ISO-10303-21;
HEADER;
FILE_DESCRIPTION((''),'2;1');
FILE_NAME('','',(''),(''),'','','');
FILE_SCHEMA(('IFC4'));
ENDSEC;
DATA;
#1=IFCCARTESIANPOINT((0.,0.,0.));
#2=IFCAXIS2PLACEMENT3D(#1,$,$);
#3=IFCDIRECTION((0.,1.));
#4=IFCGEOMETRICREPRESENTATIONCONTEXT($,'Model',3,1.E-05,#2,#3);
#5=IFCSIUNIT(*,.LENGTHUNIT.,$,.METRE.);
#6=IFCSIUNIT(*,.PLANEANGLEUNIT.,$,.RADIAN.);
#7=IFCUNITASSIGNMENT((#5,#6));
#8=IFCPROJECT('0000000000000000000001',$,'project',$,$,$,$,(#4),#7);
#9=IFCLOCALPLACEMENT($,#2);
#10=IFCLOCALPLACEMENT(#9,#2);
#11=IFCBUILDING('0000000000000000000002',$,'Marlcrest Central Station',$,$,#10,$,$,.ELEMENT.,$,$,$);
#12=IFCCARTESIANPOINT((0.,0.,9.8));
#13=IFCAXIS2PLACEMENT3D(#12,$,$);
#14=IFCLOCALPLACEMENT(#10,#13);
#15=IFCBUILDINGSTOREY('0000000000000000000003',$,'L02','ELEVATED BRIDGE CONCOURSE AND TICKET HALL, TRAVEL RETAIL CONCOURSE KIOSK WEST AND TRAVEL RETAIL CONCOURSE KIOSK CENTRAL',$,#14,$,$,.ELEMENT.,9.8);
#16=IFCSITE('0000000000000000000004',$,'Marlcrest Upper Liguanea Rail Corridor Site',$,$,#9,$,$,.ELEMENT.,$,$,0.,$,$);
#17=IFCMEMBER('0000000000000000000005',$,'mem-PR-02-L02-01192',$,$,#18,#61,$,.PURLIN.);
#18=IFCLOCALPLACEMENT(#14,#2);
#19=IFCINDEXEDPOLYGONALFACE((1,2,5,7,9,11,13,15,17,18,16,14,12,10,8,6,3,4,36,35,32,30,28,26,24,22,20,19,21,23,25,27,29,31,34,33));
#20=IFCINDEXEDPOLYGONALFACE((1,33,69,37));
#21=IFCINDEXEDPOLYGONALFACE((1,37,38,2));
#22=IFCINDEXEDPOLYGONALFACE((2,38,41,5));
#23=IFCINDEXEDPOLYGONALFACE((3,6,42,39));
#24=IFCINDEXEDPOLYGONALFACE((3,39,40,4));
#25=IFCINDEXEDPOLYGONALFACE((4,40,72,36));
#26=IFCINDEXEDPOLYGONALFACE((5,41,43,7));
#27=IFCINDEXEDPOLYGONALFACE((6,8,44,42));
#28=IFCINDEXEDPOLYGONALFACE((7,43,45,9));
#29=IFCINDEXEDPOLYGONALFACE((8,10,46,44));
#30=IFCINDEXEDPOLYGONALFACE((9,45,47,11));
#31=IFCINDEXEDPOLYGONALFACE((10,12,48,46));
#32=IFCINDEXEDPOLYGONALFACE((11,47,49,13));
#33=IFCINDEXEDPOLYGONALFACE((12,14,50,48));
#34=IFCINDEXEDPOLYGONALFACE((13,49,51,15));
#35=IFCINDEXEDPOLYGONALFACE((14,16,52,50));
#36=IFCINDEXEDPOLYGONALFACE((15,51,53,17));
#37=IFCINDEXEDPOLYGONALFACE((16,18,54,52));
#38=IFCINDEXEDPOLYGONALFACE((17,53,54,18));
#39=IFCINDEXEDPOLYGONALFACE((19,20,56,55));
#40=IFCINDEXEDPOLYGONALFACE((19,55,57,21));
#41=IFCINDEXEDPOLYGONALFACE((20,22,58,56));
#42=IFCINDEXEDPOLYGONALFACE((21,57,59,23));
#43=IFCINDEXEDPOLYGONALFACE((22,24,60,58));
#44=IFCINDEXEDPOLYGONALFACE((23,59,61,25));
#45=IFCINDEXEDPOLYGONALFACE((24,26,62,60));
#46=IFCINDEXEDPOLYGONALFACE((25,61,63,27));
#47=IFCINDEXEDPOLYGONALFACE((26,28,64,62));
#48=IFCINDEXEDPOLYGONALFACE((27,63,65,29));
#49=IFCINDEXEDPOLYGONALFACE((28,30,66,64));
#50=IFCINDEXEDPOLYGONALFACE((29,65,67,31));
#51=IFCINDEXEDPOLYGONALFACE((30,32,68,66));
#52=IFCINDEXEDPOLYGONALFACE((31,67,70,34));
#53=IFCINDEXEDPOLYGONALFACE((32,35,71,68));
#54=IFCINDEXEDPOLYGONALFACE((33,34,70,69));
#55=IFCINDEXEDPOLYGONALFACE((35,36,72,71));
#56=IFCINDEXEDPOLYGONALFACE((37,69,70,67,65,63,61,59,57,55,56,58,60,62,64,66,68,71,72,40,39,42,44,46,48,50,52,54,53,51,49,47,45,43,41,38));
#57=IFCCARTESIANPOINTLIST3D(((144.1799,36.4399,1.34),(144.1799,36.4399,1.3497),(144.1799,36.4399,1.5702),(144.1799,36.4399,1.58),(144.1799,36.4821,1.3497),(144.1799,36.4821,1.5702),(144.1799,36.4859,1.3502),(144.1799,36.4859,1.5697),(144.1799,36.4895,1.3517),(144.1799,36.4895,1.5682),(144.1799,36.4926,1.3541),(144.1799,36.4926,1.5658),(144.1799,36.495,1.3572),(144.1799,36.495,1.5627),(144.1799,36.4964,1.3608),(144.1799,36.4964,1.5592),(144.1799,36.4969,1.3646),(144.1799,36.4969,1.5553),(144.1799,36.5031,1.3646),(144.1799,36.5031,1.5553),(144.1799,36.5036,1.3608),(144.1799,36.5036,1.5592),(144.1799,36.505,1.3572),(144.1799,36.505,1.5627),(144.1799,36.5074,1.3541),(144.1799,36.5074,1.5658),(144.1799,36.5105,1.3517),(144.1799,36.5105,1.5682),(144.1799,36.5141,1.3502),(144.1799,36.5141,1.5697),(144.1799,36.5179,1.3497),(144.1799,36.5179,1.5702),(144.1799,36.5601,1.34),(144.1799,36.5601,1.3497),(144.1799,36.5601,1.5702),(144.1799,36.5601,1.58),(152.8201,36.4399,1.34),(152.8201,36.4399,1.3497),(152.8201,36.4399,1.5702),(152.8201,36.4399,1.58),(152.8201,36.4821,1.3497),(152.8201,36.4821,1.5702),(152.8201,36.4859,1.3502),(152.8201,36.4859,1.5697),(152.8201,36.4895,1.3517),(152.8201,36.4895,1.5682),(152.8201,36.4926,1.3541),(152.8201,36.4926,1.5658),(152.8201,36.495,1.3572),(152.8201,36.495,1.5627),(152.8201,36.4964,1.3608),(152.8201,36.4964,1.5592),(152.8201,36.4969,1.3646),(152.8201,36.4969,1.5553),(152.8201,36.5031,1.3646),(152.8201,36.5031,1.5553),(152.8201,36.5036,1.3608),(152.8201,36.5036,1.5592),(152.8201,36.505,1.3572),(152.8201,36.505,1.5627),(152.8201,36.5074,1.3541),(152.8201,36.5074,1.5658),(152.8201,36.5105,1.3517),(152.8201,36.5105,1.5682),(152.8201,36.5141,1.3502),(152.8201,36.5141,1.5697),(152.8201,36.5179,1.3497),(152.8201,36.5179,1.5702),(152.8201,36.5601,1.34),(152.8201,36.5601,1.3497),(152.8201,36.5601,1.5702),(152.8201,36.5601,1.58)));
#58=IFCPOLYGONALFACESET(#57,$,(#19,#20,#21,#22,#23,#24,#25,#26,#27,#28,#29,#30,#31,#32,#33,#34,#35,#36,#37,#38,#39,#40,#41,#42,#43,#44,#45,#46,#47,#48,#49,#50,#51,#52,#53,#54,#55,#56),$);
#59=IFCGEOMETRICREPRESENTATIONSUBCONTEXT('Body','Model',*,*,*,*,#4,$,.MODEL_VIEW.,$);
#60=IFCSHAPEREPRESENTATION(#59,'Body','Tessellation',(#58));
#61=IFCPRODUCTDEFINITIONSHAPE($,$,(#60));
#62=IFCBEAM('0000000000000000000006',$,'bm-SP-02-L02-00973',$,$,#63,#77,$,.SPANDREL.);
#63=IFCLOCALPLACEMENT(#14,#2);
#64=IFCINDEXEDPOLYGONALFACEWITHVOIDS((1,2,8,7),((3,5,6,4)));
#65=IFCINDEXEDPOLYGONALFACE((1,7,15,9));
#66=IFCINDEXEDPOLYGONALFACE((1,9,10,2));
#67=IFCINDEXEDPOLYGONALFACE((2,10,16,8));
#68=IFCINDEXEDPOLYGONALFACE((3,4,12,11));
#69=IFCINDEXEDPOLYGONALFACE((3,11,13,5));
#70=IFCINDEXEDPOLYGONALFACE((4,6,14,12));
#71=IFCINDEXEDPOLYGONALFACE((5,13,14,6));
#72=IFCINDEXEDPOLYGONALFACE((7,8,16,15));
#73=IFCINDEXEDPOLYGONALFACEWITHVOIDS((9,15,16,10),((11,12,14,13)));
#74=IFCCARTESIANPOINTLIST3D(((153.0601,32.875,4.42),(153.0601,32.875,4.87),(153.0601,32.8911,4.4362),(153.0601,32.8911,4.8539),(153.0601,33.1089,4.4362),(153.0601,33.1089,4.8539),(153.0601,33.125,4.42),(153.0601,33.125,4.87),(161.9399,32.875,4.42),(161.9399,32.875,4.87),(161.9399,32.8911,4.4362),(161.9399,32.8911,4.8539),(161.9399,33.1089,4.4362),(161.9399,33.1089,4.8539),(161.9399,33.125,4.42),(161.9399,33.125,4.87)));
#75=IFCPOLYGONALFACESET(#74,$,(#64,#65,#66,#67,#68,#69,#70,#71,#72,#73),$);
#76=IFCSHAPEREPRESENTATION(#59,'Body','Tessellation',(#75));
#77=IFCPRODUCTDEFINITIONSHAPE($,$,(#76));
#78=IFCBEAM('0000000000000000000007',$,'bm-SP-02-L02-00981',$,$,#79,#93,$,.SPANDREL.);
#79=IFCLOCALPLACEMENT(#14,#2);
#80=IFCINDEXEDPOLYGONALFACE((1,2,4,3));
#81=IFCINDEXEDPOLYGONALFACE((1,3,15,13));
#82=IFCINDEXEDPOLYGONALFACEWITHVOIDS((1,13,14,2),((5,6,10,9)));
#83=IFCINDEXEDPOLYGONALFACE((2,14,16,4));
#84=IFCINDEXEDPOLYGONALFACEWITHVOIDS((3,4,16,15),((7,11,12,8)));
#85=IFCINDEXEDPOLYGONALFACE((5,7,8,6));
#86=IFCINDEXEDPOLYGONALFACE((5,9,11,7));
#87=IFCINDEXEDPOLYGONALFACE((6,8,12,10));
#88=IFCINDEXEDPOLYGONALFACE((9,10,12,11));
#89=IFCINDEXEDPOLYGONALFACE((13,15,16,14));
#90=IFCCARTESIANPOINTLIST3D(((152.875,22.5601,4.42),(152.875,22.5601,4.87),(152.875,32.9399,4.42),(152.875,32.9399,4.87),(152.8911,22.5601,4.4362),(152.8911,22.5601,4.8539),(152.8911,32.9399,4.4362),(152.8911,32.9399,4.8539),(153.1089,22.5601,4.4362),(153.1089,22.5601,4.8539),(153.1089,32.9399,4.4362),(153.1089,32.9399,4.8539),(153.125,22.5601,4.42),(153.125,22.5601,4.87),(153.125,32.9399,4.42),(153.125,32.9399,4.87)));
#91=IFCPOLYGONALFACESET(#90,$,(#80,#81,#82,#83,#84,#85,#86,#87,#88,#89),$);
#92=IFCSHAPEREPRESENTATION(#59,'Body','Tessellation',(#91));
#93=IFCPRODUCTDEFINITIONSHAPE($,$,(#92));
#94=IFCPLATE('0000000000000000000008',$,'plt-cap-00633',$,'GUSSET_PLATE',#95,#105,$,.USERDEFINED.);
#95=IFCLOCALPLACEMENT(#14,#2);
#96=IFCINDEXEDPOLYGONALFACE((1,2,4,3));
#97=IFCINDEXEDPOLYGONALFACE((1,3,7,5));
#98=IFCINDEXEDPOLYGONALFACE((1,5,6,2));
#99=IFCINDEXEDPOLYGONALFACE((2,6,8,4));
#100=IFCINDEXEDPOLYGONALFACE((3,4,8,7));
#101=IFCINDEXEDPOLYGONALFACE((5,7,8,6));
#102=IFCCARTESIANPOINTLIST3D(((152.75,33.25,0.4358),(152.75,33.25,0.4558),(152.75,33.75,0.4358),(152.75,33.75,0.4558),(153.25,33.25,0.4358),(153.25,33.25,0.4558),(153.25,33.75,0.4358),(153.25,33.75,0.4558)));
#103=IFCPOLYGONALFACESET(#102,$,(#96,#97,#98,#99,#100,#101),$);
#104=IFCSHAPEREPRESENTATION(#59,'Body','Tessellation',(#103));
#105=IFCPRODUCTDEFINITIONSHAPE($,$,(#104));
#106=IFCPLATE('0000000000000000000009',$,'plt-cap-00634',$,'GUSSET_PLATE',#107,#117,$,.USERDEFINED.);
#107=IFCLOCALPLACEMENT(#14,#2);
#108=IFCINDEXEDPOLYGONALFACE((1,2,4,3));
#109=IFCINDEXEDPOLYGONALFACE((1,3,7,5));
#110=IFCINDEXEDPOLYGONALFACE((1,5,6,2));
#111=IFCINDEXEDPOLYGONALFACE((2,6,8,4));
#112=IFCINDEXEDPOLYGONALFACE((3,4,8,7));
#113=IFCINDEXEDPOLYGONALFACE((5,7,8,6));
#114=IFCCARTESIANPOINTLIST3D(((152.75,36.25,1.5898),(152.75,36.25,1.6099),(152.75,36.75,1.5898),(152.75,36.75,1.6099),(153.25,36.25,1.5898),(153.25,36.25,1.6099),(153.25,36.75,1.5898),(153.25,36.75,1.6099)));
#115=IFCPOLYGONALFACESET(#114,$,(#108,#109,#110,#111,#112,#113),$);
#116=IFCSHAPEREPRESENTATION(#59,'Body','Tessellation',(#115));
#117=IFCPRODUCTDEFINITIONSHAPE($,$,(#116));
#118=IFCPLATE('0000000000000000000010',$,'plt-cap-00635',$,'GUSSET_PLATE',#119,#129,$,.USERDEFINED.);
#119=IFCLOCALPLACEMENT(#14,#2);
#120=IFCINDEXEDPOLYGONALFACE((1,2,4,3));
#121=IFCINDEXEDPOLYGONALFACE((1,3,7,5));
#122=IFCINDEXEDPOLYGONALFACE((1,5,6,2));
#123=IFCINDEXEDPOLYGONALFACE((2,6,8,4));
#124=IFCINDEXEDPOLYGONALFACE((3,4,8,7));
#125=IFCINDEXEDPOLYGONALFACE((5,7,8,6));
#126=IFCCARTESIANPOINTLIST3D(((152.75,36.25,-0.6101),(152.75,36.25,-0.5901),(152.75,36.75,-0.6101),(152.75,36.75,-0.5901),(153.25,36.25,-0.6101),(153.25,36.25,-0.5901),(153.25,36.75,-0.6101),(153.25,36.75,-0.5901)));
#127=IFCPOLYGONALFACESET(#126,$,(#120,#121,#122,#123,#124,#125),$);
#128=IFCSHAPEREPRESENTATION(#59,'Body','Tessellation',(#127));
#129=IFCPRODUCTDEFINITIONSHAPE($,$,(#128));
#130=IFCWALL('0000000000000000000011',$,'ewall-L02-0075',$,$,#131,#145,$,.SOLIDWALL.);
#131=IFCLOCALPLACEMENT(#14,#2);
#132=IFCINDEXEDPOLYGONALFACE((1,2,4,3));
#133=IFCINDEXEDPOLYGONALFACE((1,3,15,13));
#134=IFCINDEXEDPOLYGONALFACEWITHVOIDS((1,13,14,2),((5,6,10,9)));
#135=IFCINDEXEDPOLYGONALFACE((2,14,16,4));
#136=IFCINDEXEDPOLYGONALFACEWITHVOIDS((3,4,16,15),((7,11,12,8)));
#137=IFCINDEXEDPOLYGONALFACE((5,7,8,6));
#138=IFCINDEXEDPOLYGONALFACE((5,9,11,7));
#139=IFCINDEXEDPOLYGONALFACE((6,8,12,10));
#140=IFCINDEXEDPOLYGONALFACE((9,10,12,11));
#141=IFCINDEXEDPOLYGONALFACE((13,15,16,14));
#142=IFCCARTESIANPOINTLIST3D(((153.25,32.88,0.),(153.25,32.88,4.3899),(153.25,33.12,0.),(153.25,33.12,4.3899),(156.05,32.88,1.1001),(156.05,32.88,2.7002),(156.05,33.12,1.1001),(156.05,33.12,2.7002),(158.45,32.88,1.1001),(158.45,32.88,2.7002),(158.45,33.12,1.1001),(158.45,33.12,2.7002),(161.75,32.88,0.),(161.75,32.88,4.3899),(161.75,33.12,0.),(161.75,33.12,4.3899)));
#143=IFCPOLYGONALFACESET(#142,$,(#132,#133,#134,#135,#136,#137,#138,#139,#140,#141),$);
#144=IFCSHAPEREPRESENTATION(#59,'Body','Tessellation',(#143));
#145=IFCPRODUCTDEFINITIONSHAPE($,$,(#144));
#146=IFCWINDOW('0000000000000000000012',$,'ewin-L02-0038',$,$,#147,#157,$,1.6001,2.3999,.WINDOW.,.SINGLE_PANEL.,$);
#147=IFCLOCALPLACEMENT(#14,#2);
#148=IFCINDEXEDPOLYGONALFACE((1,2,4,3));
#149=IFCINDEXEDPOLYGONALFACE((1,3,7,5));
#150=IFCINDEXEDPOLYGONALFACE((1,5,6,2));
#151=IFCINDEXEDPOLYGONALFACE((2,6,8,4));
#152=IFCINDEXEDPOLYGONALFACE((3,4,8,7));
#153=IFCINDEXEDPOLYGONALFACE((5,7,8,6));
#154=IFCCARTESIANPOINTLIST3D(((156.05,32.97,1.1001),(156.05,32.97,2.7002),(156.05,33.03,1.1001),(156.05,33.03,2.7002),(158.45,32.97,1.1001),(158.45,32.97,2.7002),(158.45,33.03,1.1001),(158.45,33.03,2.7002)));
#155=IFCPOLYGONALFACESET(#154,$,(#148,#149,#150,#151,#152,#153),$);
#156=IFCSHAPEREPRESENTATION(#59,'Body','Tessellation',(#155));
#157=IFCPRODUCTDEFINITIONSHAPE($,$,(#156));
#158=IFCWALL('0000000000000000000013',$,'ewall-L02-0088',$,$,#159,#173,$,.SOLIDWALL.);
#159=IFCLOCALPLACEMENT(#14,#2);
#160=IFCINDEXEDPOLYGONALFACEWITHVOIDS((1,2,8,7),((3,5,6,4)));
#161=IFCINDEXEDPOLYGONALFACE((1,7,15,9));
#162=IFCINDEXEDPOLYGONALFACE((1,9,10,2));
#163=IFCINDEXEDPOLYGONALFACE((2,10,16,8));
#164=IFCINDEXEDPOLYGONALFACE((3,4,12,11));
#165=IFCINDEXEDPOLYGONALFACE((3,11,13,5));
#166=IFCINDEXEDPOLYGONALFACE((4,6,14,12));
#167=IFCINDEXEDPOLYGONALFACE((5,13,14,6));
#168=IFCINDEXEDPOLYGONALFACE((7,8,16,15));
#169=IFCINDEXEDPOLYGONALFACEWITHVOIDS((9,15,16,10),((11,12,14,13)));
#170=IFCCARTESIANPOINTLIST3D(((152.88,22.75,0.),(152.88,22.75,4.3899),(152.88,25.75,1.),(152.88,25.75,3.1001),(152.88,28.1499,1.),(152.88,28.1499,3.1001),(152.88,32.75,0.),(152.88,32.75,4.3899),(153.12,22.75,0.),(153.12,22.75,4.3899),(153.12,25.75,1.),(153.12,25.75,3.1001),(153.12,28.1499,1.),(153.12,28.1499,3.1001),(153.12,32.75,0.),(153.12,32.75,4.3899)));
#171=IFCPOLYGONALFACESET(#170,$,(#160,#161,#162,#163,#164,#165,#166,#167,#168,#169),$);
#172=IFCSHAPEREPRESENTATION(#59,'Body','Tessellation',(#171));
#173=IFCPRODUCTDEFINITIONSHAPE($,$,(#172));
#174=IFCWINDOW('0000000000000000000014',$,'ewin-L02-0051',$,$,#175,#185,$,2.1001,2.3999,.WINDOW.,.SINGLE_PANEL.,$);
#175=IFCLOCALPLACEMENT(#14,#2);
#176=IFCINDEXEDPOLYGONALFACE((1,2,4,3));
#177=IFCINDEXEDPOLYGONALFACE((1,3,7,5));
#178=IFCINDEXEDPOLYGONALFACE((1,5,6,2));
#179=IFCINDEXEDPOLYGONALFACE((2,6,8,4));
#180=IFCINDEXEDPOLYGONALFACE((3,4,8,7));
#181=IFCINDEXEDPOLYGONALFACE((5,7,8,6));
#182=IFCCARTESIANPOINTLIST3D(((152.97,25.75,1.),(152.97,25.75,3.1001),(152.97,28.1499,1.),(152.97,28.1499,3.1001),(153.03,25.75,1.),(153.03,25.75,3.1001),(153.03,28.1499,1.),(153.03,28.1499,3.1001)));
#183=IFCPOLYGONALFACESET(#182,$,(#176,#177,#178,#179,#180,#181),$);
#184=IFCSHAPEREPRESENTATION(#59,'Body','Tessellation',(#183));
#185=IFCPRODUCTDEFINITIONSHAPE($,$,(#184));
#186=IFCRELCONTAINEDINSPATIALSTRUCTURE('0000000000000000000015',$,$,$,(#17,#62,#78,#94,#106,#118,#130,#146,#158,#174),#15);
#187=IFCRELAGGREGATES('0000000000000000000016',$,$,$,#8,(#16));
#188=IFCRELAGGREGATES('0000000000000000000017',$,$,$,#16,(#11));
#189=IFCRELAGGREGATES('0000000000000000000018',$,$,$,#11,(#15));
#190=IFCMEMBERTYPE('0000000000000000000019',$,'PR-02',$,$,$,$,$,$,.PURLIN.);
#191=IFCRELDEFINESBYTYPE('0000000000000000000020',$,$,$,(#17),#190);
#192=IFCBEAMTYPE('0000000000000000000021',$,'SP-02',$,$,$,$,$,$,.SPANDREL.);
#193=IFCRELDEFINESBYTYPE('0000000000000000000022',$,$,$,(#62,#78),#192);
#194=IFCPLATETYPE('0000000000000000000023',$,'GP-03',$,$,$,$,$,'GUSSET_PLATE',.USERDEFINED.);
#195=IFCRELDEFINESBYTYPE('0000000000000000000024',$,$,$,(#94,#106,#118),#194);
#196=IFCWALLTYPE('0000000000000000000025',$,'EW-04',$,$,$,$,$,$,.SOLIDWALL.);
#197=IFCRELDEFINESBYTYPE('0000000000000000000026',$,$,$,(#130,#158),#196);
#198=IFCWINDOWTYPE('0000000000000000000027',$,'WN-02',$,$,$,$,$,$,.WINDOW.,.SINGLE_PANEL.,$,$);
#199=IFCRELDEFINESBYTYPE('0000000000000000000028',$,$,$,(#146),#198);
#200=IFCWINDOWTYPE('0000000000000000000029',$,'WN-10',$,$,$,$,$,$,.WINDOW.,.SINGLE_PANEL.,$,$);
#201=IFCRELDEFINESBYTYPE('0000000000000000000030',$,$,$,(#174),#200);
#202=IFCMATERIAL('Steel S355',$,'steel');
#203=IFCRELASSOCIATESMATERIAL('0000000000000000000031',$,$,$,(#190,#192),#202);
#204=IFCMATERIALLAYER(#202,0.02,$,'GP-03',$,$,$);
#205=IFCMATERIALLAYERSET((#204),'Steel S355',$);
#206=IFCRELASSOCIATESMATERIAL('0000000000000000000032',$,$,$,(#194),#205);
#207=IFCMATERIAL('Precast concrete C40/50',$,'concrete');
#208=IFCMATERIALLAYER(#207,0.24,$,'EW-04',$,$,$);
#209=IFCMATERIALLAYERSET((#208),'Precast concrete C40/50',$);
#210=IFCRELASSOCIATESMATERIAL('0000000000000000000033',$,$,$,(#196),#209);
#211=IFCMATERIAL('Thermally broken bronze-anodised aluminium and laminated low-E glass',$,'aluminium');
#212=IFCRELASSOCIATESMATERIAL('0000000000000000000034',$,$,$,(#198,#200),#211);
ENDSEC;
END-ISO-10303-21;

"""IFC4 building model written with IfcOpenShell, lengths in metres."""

from ifc_helpers import new_model, si_unit, direction, frame, frame_2d, origin, origin_2d, place, context, subcontext, project, spatial, rectangle, hollow_rectangle, i_section, extrude, material, layer, layer_set, material_profile, profile_set, type_object, element, fill, save


model = new_model("IFC4")

# Units and contexts
model_context = context("Model", 3, precision=1e-05, world=origin(), true_north=direction((0.0, 1.0)))
body_context = subcontext(model_context, "Body", "Model", "MODEL_VIEW")
ifc_project = project(units=[si_unit("LENGTHUNIT", "METRE"), si_unit("PLANEANGLEUNIT", "RADIAN")], contexts=[model_context])

# Site, building, storey
site_placement = place(None, origin())
site = spatial("IfcSite", under=ifc_project, at=site_placement, Name="Marlcrest Upper Liguanea Rail Corridor Site", CompositionType="ELEMENT", RefElevation=0.0)
building_placement = place(site_placement, origin())
building = spatial("IfcBuilding", under=site, at=building_placement, Name="Marlcrest Central Station", CompositionType="ELEMENT")
storey_placement = place(building_placement, frame((0.0, 0.0, 9.8)))
storey = spatial("IfcBuildingStorey", under=building, at=storey_placement, Name="L02", Description="ELEVATED BRIDGE CONCOURSE AND TICKET HALL, TRAVEL RETAIL CONCOURSE KIOSK WEST AND TRAVEL RETAIL CONCOURSE KIOSK CENTRAL", CompositionType="ELEMENT", Elevation=9.8)

# Shared definitions
ifc_material_1 = material(Name="Steel S355", Category="steel")

# Member
ifc_material_profile_1 = material_profile(ifc_material_1, i_section(OverallWidth=0.1201, OverallDepth=0.24, WebThickness=0.0061, FlangeThickness=0.0098, FilletRadius=0.0149, at=origin_2d()), Name="IPE 240")
ifc_profile_set_1 = profile_set([ifc_material_profile_1], Name="Steel S355")
member_type_1 = type_object("IfcMemberType", Name="PR-02", PredefinedType="PURLIN", material=ifc_profile_set_1)
member_1_placement = place(storey_placement, frame((144.1799, 36.5, 1.46), z_axis=(1.0, 0.0, 0.0), x_axis=(0.0, 1.0, 0.0)))
element("IfcMember", 1, at=member_1_placement, inside=storey, type_object=member_type_1, Name="mem-PR-02-L02-01192", PredefinedType="PURLIN", context=body_context, shape_type="SweptSolid", body=[
    extrude(i_section(OverallWidth=0.1201, OverallDepth=0.24, WebThickness=0.0061, FlangeThickness=0.0098, FilletRadius=0.0149, at=origin_2d()), origin(), (0.0, 0.0, 1.0), 8.6401),
])

# Beams
ifc_material_profile_2 = material_profile(ifc_material_1, hollow_rectangle(XDim=0.25, YDim=0.45, WallThickness=0.0161, at=origin_2d()), Name="RHS 450x250x16")
ifc_profile_set_2 = profile_set([ifc_material_profile_2], Name="Steel S355")
beam_type_1 = type_object("IfcBeamType", Name="SP-02", PredefinedType="SPANDREL", material=ifc_profile_set_2)
beam_1_placement = place(storey_placement, frame((153.0601, 33.0, 4.645), z_axis=(1.0, 0.0, 0.0), x_axis=(0.0, 1.0, 0.0)))
element("IfcBeam", 2, at=beam_1_placement, inside=storey, type_object=beam_type_1, Name="bm-SP-02-L02-00973", PredefinedType="SPANDREL", context=body_context, shape_type="SweptSolid", body=[
    extrude(hollow_rectangle(XDim=0.25, YDim=0.45, WallThickness=0.0161, at=origin_2d()), origin(), (0.0, 0.0, 1.0), 8.8799),
])
beam_2_placement = place(storey_placement, frame((153.0, 22.5601, 4.645), z_axis=(0.0, 1.0, 0.0), x_axis=(-1.0, 0.0, 0.0)))
element("IfcBeam", 3, at=beam_2_placement, inside=storey, type_object=beam_type_1, Name="bm-SP-02-L02-00981", PredefinedType="SPANDREL", context=body_context, shape_type="SweptSolid", body=[
    extrude(hollow_rectangle(XDim=0.25, YDim=0.45, WallThickness=0.0161, at=origin_2d()), origin(), (0.0, 0.0, 1.0), 10.3799),
])

# Plates
ifc_layer_1 = layer(ifc_material_1, 0.02, Name="GP-03")
ifc_layer_set_1 = layer_set([ifc_layer_1], Name="Steel S355")
plate_type = type_object("IfcPlateType", Name="GP-03", ElementType="GUSSET_PLATE", PredefinedType="USERDEFINED", material=ifc_layer_set_1)
for number, where, z_axis, x_axis, name in (
    (4, (153.0, 33.5, 0.4358), (0.0, 0.0, 1.0), (1.0, 0.0, 0.0), "plt-cap-00633"),
    (5, (153.0, 36.5, 1.5898), (0.0, 0.0, 1.0), (1.0, 0.0, 0.0), "plt-cap-00634"),
    (6, (153.0, 36.5, -0.6101), (0.0, 0.0, 1.0), (1.0, 0.0, 0.0), "plt-cap-00635"),
):
    element("IfcPlate", number, at=place(storey_placement, frame(where, z_axis=z_axis, x_axis=x_axis)), inside=storey, type_object=plate_type, Name=name, ObjectType="GUSSET_PLATE", PredefinedType="USERDEFINED", context=body_context, shape_type="SweptSolid", body=[
        extrude(rectangle(XDim=0.5, YDim=0.5, at=origin_2d()), origin(), (0.0, 0.0, 1.0), 0.02),
    ])

# Walls, openings, windows
ifc_material_2 = material(Name="Precast concrete C40/50", Category="concrete")
ifc_layer_2 = layer(ifc_material_2, 0.24, Name="EW-04")
ifc_layer_set_2 = layer_set([ifc_layer_2], Name="Precast concrete C40/50")
wall_type = type_object("IfcWallType", Name="EW-04", PredefinedType="SOLIDWALL", material=ifc_layer_set_2)
wall_1_placement = place(storey_placement, frame((153.25, 33.0, 0.0), z_axis=(0.0, 0.0, 1.0), x_axis=(1.0, 0.0, 0.0)))
wall_1 = element("IfcWall", 7, at=wall_1_placement, inside=storey, type_object=wall_type, Name="ewall-L02-0075", PredefinedType="SOLIDWALL", context=body_context, shape_type="SweptSolid", body=[
    extrude(rectangle(XDim=8.5, YDim=0.24, at=frame_2d((4.25, 0.0))), origin(), (0.0, 0.0, 1.0), 4.3899),
])
opening_1_placement = place(wall_1_placement, frame((2.8, 0.0, 1.1001)))
opening_1 = element("IfcOpeningElement", 8, at=opening_1_placement, cuts=wall_1, PredefinedType="OPENING", context=body_context, shape_type="SweptSolid", body=[
    extrude(rectangle(XDim=2.3999, YDim=1.6001, at=frame_2d((1.2, 0.8))), frame((0.0, 0.1299, 0.0), z_axis=(0.0, -1.0, 0.0), x_axis=(1.0, 0.0, 0.0)), (0.0, 0.0, 1.0), 0.26),
])
ifc_material_3 = material(Name="Thermally broken bronze-anodised aluminium and laminated low-E glass", Category="aluminium")
window_type_1 = type_object("IfcWindowType", Name="WN-02", PartitioningType="SINGLE_PANEL", PredefinedType="WINDOW", material=ifc_material_3)
window_1_placement = place(opening_1_placement, origin())
window_1 = element("IfcWindow", 9, at=window_1_placement, inside=storey, type_object=window_type_1, Name="ewin-L02-0038", OverallHeight=1.6001, OverallWidth=2.3999, PartitioningType="SINGLE_PANEL", PredefinedType="WINDOW", context=body_context, shape_type="SweptSolid", body=[
    extrude(rectangle(XDim=2.3999, YDim=1.6001, at=frame_2d((1.2, 0.8))), frame((0.0, 0.03, 0.0), z_axis=(0.0, -1.0, 0.0), x_axis=(1.0, 0.0, 0.0)), (0.0, 0.0, 1.0), 0.0601),
])
fill(opening_1, window_1)
wall_2_placement = place(storey_placement, frame((153.0, 22.75, 0.0), z_axis=(0.0, 0.0, 1.0), x_axis=(0.0, 1.0, 0.0)))
wall_2 = element("IfcWall", 10, at=wall_2_placement, inside=storey, type_object=wall_type, Name="ewall-L02-0088", PredefinedType="SOLIDWALL", context=body_context, shape_type="SweptSolid", body=[
    extrude(rectangle(XDim=10.0, YDim=0.24, at=frame_2d((5.0, 0.0))), origin(), (0.0, 0.0, 1.0), 4.3899),
])
opening_2_placement = place(wall_2_placement, frame((3.0, 0.0, 1.0)))
opening_2 = element("IfcOpeningElement", 11, at=opening_2_placement, cuts=wall_2, PredefinedType="OPENING", context=body_context, shape_type="SweptSolid", body=[
    extrude(rectangle(XDim=2.3999, YDim=2.1001, at=frame_2d((1.2, 1.05))), frame((0.0, 0.1299, 0.0), z_axis=(0.0, -1.0, 0.0), x_axis=(1.0, 0.0, 0.0)), (0.0, 0.0, 1.0), 0.26),
])
window_type_2 = type_object("IfcWindowType", Name="WN-10", PartitioningType="SINGLE_PANEL", PredefinedType="WINDOW", material=ifc_material_3)
window_2_placement = place(opening_2_placement, origin())
window_2 = element("IfcWindow", 12, at=window_2_placement, inside=storey, type_object=window_type_2, Name="ewin-L02-0051", OverallHeight=2.1001, OverallWidth=2.3999, PartitioningType="SINGLE_PANEL", PredefinedType="WINDOW", context=body_context, shape_type="SweptSolid", body=[
    extrude(rectangle(XDim=2.3999, YDim=2.1001, at=frame_2d((1.2, 1.05))), frame((0.0, 0.03, 0.0), z_axis=(0.0, -1.0, 0.0), x_axis=(1.0, 0.0, 0.0)), (0.0, 0.0, 1.0), 0.0601),
])
fill(opening_2, window_2)

save(model, "model.ifc")
